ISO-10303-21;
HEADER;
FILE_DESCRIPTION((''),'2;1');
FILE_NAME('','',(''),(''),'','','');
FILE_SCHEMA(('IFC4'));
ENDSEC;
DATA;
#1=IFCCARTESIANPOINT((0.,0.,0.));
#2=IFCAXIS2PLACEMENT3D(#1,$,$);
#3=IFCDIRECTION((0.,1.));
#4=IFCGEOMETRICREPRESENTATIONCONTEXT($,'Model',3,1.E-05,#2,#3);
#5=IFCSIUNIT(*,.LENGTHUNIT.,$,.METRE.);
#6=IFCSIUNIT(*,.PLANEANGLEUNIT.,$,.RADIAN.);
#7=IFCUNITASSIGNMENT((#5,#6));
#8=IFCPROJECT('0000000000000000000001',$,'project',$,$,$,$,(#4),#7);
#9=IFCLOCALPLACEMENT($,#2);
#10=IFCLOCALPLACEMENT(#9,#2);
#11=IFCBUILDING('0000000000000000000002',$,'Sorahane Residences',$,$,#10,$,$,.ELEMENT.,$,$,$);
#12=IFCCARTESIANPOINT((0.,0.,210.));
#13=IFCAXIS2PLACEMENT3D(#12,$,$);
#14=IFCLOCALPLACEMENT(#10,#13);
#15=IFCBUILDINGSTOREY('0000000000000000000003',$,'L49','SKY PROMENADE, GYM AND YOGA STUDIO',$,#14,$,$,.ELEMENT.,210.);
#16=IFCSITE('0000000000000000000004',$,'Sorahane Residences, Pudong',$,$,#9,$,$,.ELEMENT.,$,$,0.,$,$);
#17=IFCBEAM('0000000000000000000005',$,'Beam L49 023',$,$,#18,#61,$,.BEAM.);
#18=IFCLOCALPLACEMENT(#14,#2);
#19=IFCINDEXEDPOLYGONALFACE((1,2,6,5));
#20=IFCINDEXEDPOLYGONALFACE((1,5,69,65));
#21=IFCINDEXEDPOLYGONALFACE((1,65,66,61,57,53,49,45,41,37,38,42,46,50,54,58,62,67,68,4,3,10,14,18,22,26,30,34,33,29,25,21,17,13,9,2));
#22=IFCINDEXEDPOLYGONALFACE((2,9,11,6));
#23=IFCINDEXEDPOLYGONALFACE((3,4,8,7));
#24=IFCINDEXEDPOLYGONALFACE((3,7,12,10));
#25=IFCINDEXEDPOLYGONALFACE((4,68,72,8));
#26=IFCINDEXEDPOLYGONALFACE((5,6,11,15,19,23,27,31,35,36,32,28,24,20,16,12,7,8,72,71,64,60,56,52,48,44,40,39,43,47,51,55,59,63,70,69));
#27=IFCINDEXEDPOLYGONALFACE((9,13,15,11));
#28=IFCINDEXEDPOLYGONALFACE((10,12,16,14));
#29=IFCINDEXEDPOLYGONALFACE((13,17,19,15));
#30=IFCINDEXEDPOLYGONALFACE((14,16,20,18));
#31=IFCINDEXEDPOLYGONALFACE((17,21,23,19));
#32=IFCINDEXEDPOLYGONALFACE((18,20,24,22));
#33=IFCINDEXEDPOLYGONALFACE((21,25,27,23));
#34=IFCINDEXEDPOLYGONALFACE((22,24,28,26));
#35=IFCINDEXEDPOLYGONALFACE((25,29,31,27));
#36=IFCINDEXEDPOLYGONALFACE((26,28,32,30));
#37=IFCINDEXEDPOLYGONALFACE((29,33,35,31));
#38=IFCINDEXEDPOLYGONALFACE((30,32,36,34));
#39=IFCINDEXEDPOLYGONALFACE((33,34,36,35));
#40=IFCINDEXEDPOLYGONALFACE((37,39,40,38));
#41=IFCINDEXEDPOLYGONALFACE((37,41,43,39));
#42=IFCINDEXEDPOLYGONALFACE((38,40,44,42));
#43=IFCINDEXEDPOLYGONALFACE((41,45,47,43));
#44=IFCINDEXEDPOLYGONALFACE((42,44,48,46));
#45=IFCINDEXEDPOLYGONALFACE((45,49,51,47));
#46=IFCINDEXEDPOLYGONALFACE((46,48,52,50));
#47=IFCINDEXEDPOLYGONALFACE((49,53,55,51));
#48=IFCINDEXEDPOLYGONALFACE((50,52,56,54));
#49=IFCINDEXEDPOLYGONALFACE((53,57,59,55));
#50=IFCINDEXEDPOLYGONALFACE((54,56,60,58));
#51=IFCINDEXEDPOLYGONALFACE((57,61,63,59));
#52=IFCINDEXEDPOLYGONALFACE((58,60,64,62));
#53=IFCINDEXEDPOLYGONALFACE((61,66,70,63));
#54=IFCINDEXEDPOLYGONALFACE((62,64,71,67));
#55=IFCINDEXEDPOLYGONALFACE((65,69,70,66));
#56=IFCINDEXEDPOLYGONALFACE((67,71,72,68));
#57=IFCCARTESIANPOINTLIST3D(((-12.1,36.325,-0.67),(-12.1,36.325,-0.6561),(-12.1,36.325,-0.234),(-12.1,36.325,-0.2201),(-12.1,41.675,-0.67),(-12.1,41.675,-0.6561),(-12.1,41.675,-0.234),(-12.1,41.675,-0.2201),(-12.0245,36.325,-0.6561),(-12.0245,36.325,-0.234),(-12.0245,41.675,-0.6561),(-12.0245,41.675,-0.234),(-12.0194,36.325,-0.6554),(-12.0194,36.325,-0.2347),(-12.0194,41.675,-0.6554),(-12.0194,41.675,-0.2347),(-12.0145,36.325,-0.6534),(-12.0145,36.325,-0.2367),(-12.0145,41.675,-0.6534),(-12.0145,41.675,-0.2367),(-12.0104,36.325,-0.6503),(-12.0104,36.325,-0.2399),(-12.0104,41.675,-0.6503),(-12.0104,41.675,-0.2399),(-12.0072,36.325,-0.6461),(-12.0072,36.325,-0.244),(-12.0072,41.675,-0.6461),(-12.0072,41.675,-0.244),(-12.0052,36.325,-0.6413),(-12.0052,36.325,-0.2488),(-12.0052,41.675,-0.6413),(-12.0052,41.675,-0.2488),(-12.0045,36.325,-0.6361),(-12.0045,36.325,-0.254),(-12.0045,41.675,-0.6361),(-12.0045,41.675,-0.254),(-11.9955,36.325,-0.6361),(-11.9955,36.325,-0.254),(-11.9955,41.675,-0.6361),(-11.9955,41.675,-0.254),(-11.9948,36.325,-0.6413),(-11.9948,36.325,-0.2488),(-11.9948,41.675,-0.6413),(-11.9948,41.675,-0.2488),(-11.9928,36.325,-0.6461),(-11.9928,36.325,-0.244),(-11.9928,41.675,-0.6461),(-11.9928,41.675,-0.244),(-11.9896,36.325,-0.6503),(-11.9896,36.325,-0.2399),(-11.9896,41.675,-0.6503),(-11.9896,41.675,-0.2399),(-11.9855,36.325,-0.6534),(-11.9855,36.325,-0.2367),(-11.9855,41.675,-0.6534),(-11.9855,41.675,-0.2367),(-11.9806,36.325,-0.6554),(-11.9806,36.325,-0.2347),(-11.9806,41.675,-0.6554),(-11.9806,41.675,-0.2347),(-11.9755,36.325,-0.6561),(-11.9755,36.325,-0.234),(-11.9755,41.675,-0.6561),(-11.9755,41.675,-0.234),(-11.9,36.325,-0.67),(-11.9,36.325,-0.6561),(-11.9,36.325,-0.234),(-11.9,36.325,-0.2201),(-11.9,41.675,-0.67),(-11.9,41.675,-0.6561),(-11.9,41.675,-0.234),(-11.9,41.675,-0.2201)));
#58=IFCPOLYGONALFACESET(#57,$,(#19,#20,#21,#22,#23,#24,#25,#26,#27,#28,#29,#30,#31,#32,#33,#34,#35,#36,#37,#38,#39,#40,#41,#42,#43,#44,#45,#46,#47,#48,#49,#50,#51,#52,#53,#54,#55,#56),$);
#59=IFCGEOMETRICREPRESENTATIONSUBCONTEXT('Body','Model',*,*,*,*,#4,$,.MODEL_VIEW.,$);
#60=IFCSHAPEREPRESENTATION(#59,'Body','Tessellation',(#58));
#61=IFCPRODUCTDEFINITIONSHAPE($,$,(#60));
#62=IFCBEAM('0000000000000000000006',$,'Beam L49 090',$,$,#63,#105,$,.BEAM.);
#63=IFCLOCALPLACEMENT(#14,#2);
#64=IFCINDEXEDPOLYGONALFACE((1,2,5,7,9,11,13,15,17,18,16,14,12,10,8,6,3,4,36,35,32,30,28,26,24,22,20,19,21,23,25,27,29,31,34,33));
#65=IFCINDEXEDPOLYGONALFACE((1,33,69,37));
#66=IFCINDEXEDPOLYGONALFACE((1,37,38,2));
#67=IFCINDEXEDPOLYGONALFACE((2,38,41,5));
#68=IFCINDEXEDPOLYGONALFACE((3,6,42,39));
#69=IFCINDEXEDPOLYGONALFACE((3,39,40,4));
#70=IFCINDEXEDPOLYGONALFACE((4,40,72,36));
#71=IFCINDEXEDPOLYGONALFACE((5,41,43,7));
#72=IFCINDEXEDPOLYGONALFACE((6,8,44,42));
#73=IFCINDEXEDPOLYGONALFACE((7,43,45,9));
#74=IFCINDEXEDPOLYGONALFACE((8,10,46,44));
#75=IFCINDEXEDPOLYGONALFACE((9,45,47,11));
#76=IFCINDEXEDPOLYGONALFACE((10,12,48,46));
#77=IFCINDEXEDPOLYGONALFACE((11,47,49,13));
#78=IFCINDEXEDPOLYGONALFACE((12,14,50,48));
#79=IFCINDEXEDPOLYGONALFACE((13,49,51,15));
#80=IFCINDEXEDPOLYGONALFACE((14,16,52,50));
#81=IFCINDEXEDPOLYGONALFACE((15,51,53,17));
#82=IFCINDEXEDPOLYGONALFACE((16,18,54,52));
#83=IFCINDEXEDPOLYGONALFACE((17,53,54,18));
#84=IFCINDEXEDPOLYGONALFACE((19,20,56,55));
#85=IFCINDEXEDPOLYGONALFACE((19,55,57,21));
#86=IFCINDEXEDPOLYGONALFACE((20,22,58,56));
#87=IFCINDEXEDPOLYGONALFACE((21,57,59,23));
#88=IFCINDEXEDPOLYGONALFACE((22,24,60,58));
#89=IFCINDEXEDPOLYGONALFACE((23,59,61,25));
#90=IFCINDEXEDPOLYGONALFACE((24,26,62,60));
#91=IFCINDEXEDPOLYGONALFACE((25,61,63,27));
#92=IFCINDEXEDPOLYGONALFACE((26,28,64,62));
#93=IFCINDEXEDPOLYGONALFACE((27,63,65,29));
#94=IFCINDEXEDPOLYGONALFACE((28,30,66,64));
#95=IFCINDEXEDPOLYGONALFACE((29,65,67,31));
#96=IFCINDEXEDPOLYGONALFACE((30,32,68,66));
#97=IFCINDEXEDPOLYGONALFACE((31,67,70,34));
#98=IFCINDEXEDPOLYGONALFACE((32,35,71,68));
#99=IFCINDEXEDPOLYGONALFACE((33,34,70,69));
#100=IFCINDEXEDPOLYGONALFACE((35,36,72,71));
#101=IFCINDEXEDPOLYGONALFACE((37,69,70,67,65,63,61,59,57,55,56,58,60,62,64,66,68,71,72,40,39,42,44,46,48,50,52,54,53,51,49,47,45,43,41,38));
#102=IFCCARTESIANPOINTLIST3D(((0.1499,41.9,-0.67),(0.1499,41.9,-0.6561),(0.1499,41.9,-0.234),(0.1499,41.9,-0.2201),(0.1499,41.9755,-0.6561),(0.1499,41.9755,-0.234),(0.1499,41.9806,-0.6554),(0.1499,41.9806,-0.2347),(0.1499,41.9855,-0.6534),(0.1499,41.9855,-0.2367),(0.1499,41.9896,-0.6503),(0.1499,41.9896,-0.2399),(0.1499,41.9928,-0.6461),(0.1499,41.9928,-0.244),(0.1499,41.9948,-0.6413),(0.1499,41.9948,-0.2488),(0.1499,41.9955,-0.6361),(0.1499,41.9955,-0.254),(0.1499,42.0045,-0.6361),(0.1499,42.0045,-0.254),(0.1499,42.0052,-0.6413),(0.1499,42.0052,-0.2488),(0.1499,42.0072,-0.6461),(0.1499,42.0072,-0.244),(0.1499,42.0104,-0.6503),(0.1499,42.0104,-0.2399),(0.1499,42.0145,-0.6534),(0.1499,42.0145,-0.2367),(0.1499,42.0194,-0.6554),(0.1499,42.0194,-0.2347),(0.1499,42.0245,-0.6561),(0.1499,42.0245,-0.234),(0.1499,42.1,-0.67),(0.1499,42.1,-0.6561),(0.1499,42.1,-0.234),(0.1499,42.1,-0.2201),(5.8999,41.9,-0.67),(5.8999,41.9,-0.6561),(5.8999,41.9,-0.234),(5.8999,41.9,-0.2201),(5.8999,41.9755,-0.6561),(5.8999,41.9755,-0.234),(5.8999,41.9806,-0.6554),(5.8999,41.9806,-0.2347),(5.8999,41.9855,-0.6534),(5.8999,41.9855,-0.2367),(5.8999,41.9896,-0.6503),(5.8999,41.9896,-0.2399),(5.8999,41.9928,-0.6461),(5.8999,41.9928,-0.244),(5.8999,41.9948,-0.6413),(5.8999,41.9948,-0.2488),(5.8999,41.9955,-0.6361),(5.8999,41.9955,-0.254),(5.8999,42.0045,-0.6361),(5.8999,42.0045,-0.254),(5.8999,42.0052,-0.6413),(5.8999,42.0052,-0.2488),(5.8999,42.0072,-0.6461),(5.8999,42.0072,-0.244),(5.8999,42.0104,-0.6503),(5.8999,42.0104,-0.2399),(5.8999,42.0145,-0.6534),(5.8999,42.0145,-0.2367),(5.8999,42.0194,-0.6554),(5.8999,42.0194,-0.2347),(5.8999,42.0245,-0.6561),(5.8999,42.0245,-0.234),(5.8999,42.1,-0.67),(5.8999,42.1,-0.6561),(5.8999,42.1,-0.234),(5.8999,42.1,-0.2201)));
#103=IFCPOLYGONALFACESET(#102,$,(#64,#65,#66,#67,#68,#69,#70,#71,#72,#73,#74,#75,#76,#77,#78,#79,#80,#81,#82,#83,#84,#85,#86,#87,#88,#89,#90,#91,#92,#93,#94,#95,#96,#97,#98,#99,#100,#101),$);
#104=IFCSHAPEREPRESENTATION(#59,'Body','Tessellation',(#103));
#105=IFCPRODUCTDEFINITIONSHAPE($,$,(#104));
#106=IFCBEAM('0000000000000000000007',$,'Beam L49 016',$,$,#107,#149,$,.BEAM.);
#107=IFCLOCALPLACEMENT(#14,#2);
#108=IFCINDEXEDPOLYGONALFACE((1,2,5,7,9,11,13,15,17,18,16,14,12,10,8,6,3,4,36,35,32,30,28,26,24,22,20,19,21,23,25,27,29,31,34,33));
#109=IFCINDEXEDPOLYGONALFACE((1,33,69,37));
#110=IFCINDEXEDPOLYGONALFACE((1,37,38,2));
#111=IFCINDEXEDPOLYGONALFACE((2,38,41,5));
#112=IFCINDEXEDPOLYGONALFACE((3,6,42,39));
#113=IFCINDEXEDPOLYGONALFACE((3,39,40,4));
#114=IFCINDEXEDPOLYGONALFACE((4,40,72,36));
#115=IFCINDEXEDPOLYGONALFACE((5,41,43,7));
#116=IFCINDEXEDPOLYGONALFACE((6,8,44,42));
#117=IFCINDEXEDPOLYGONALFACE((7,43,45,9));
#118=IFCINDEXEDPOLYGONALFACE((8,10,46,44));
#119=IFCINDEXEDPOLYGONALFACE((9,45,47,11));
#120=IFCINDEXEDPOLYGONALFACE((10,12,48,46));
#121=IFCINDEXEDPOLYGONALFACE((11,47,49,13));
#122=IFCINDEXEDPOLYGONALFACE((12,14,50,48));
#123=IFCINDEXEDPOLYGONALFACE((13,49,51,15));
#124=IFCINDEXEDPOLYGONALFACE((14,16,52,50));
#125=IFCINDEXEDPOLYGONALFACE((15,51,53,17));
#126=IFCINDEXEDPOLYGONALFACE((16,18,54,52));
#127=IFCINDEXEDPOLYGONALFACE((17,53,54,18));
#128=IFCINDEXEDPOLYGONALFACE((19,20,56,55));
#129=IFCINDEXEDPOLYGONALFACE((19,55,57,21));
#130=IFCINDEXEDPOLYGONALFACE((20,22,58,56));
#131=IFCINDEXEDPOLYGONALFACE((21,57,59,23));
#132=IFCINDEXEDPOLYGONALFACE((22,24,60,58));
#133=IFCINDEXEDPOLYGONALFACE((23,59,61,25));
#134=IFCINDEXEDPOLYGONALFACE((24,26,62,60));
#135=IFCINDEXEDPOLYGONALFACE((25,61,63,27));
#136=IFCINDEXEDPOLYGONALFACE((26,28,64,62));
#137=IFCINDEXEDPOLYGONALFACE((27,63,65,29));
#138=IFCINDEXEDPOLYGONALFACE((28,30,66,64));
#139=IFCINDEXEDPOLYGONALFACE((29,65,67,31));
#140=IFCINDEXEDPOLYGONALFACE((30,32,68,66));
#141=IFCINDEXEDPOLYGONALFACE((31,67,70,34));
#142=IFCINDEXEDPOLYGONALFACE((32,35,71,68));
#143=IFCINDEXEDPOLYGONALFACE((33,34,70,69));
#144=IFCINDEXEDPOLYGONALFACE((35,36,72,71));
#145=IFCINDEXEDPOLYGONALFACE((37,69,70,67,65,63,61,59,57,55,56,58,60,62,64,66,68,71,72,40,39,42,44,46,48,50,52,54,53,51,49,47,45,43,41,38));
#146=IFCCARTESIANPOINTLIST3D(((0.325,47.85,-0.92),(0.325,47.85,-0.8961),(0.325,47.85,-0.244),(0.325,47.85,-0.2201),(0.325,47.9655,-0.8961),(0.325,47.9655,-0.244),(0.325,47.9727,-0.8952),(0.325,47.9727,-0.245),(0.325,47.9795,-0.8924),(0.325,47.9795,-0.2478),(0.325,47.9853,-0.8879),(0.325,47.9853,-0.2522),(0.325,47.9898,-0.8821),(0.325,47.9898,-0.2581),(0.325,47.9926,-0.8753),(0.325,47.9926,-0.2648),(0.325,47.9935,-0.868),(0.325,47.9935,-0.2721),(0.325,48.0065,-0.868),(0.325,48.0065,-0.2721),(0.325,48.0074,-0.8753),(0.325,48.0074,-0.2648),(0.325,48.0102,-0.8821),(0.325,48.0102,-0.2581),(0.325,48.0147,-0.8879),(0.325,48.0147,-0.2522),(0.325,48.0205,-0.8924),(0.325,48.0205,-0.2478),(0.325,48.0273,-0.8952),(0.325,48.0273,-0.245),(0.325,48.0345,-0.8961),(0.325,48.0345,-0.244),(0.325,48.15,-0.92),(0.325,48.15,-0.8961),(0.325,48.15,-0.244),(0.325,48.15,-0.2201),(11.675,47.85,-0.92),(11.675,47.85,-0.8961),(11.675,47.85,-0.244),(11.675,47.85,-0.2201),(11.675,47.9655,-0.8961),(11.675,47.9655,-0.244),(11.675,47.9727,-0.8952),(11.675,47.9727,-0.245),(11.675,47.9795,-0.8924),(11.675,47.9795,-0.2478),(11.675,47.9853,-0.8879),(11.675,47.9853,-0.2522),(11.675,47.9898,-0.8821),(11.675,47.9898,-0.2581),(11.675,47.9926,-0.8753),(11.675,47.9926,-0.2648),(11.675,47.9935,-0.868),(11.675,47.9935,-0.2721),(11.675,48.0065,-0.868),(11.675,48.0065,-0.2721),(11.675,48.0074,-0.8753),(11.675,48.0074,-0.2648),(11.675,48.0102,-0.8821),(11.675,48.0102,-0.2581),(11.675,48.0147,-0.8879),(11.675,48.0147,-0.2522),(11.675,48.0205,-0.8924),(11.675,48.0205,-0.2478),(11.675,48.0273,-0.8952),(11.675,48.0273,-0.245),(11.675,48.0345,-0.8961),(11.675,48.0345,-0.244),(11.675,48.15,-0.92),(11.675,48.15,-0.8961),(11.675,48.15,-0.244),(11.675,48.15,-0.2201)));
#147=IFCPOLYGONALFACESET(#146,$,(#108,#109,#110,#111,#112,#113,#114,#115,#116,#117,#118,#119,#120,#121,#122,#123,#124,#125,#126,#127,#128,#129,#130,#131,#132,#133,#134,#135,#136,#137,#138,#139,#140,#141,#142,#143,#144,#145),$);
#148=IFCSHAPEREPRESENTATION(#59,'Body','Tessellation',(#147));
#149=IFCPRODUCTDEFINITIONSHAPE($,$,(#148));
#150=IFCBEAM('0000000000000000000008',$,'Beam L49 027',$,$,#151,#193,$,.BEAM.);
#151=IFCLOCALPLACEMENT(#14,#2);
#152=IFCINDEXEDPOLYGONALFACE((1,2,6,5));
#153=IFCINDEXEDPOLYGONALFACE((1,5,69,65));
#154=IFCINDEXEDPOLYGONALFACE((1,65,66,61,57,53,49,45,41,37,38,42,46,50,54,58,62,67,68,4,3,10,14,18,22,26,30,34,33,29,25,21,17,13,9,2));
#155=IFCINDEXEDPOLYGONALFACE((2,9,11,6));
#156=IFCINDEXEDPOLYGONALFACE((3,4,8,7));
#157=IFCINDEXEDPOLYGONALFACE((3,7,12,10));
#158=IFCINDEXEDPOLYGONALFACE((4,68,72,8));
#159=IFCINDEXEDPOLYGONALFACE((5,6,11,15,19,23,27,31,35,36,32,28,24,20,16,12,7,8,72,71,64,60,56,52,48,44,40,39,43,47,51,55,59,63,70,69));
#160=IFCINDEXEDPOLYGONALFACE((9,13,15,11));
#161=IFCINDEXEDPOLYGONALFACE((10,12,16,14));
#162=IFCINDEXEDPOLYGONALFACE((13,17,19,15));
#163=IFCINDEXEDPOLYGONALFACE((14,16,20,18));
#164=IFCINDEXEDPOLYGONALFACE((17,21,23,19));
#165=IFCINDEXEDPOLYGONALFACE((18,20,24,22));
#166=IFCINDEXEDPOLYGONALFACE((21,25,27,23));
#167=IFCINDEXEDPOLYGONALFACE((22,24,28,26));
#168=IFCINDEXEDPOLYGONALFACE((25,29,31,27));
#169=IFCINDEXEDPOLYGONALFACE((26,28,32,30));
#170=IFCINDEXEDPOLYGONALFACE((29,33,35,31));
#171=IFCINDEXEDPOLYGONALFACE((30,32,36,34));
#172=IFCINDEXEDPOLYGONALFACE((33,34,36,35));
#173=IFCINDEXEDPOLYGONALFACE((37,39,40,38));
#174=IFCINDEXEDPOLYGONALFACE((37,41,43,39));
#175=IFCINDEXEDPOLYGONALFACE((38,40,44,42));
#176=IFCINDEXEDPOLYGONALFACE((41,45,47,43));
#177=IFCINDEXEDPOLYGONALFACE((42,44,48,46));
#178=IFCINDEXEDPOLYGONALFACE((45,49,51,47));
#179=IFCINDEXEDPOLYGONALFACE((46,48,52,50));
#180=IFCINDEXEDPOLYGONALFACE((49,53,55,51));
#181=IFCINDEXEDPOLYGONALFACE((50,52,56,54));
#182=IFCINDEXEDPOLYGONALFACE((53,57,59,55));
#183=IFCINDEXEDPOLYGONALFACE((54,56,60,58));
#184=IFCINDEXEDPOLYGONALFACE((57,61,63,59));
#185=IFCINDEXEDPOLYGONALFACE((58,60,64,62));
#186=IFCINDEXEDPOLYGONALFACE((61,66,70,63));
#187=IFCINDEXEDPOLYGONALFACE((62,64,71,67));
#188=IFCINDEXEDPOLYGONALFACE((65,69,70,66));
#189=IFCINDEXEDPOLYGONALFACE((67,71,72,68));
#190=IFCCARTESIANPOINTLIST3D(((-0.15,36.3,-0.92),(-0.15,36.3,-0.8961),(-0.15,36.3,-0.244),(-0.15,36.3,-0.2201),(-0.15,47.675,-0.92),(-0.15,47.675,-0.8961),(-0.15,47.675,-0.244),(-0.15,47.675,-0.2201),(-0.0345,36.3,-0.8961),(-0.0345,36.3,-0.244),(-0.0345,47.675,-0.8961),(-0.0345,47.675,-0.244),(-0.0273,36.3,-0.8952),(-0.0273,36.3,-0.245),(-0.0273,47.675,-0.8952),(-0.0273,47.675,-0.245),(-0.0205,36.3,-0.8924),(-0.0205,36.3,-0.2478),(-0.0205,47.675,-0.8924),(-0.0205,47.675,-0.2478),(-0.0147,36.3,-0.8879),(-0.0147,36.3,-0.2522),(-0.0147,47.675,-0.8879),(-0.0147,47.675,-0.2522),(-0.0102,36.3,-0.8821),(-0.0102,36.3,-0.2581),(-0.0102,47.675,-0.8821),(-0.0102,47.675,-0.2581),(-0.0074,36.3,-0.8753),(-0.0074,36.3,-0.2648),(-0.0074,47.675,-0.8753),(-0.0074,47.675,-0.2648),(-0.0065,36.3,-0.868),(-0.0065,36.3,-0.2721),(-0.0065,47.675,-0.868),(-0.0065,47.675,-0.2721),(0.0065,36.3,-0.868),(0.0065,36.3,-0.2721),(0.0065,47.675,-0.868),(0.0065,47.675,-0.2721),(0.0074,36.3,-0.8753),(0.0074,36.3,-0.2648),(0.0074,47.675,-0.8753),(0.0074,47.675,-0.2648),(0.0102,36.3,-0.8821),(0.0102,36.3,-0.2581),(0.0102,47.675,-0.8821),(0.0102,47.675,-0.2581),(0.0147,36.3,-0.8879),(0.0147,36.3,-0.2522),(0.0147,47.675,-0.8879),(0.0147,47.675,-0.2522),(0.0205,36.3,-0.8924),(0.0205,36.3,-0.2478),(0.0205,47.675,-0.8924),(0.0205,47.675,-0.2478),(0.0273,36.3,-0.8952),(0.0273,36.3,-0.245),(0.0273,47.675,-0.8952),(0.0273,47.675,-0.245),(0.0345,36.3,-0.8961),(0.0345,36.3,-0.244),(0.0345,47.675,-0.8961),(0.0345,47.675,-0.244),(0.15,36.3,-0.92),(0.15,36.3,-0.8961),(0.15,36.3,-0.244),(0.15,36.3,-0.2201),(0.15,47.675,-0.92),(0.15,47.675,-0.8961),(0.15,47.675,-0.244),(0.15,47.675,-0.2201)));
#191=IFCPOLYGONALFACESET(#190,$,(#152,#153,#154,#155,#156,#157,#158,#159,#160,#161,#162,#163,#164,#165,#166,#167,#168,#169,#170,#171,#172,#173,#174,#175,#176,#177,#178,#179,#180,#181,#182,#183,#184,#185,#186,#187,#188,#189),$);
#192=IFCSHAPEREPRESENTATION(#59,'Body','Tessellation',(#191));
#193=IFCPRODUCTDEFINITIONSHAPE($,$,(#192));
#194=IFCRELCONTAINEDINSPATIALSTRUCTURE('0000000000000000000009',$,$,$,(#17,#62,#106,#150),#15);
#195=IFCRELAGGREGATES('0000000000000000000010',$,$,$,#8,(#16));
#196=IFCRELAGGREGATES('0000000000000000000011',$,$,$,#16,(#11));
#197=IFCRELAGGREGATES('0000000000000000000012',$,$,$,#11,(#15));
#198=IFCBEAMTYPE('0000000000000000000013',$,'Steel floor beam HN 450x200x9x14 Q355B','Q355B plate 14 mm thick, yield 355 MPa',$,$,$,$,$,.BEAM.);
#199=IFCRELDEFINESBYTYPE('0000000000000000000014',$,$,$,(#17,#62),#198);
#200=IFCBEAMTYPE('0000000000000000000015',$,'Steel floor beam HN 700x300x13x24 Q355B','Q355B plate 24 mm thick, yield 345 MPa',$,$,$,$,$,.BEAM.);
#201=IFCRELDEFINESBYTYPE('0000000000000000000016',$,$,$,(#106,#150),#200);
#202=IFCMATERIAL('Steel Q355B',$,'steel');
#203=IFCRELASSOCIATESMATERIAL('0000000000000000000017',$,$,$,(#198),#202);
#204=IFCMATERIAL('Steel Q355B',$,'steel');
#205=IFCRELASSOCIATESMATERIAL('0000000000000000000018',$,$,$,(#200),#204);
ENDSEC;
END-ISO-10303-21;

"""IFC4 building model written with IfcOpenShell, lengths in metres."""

from ifc_helpers import new_model, si_unit, direction, frame, origin, origin_2d, place, context, subcontext, project, spatial, i_section, extrude, material, material_profile, profile_set, type_object, element, save


model = new_model("IFC4")

# Units and contexts
model_context = context("Model", 3, precision=1e-05, world=origin(), true_north=direction((0.0, 1.0)))
body_context = subcontext(model_context, "Body", "Model", "MODEL_VIEW")
ifc_project = project(units=[si_unit("LENGTHUNIT", "METRE"), si_unit("PLANEANGLEUNIT", "RADIAN")], contexts=[model_context])

# Site, building, storey
site_placement = place(None, origin())
site = spatial("IfcSite", under=ifc_project, at=site_placement, Name="Sorahane Residences, Pudong", CompositionType="ELEMENT", RefElevation=0.0)
building_placement = place(site_placement, origin())
building = spatial("IfcBuilding", under=site, at=building_placement, Name="Sorahane Residences", CompositionType="ELEMENT")
storey_placement = place(building_placement, frame((0.0, 0.0, 210.0)))
storey = spatial("IfcBuildingStorey", under=building, at=storey_placement, Name="L49", Description="SKY PROMENADE, GYM AND YOGA STUDIO", CompositionType="ELEMENT", Elevation=210.0)

# Beams
ifc_material_1 = material(Name="Steel Q355B", Category="steel")
ifc_material_profile_1 = material_profile(ifc_material_1, i_section(OverallWidth=0.2, OverallDepth=0.45, WebThickness=0.009, FlangeThickness=0.0139, FilletRadius=0.02, at=origin_2d()), Name="HN 450x200x9x14")
ifc_profile_set_1 = profile_set([ifc_material_profile_1], Name="Steel Q355B")
beam_type_1 = type_object("IfcBeamType", Name="Steel floor beam HN 450x200x9x14 Q355B", Description="Q355B plate 14 mm thick, yield 355 MPa", PredefinedType="BEAM", material=ifc_profile_set_1)
for number, where, z_axis, x_axis, name in (
    (1, (-12.0, 36.325, -0.4451), (0.0, 1.0, 0.0), (-1.0, 0.0, 0.0), "Beam L49 023"),
):
    element("IfcBeam", number, at=place(storey_placement, frame(where, z_axis=z_axis, x_axis=x_axis)), inside=storey, type_object=beam_type_1, Name=name, PredefinedType="BEAM", context=body_context, shape_type="SweptSolid", body=[
        extrude(i_section(OverallWidth=0.2, OverallDepth=0.45, WebThickness=0.009, FlangeThickness=0.0139, FilletRadius=0.02, at=origin_2d()), origin(), (0.0, 0.0, 1.0), 5.3501),
    ])
beam_1_placement = place(storey_placement, frame((0.1499, 42.0, -0.4451), z_axis=(1.0, 0.0, 0.0), x_axis=(0.0, 1.0, 0.0)))
element("IfcBeam", 2, at=beam_1_placement, inside=storey, type_object=beam_type_1, Name="Beam L49 090", PredefinedType="BEAM", context=body_context, shape_type="SweptSolid", body=[
    extrude(i_section(OverallWidth=0.2, OverallDepth=0.45, WebThickness=0.009, FlangeThickness=0.0139, FilletRadius=0.02, at=origin_2d()), origin(), (0.0, 0.0, 1.0), 5.75),
])
ifc_material_2 = material(Name="Steel Q355B", Category="steel")
ifc_material_profile_2 = material_profile(ifc_material_2, i_section(OverallWidth=0.3, OverallDepth=0.7, WebThickness=0.0129, FlangeThickness=0.0239, FilletRadius=0.0281, at=origin_2d()), Name="HN 700x300x13x24")
ifc_profile_set_2 = profile_set([ifc_material_profile_2], Name="Steel Q355B")
beam_type_2 = type_object("IfcBeamType", Name="Steel floor beam HN 700x300x13x24 Q355B", Description="Q355B plate 24 mm thick, yield 345 MPa", PredefinedType="BEAM", material=ifc_profile_set_2)
beam_2_placement = place(storey_placement, frame((0.325, 48.0, -0.5701), z_axis=(1.0, 0.0, 0.0), x_axis=(0.0, 1.0, 0.0)))
element("IfcBeam", 3, at=beam_2_placement, inside=storey, type_object=beam_type_2, Name="Beam L49 016", PredefinedType="BEAM", context=body_context, shape_type="SweptSolid", body=[
    extrude(i_section(OverallWidth=0.3, OverallDepth=0.7, WebThickness=0.0129, FlangeThickness=0.0239, FilletRadius=0.0281, at=origin_2d()), origin(), (0.0, 0.0, 1.0), 11.3501),
])
beam_3_placement = place(storey_placement, frame((0.0, 36.3, -0.5701), z_axis=(0.0, 1.0, 0.0), x_axis=(-1.0, 0.0, 0.0)))
element("IfcBeam", 4, at=beam_3_placement, inside=storey, type_object=beam_type_2, Name="Beam L49 027", PredefinedType="BEAM", context=body_context, shape_type="SweptSolid", body=[
    extrude(i_section(OverallWidth=0.3, OverallDepth=0.7, WebThickness=0.0129, FlangeThickness=0.0239, FilletRadius=0.0281, at=origin_2d()), origin(), (0.0, 0.0, 1.0), 11.375),
])

save(model, "model.ifc")
